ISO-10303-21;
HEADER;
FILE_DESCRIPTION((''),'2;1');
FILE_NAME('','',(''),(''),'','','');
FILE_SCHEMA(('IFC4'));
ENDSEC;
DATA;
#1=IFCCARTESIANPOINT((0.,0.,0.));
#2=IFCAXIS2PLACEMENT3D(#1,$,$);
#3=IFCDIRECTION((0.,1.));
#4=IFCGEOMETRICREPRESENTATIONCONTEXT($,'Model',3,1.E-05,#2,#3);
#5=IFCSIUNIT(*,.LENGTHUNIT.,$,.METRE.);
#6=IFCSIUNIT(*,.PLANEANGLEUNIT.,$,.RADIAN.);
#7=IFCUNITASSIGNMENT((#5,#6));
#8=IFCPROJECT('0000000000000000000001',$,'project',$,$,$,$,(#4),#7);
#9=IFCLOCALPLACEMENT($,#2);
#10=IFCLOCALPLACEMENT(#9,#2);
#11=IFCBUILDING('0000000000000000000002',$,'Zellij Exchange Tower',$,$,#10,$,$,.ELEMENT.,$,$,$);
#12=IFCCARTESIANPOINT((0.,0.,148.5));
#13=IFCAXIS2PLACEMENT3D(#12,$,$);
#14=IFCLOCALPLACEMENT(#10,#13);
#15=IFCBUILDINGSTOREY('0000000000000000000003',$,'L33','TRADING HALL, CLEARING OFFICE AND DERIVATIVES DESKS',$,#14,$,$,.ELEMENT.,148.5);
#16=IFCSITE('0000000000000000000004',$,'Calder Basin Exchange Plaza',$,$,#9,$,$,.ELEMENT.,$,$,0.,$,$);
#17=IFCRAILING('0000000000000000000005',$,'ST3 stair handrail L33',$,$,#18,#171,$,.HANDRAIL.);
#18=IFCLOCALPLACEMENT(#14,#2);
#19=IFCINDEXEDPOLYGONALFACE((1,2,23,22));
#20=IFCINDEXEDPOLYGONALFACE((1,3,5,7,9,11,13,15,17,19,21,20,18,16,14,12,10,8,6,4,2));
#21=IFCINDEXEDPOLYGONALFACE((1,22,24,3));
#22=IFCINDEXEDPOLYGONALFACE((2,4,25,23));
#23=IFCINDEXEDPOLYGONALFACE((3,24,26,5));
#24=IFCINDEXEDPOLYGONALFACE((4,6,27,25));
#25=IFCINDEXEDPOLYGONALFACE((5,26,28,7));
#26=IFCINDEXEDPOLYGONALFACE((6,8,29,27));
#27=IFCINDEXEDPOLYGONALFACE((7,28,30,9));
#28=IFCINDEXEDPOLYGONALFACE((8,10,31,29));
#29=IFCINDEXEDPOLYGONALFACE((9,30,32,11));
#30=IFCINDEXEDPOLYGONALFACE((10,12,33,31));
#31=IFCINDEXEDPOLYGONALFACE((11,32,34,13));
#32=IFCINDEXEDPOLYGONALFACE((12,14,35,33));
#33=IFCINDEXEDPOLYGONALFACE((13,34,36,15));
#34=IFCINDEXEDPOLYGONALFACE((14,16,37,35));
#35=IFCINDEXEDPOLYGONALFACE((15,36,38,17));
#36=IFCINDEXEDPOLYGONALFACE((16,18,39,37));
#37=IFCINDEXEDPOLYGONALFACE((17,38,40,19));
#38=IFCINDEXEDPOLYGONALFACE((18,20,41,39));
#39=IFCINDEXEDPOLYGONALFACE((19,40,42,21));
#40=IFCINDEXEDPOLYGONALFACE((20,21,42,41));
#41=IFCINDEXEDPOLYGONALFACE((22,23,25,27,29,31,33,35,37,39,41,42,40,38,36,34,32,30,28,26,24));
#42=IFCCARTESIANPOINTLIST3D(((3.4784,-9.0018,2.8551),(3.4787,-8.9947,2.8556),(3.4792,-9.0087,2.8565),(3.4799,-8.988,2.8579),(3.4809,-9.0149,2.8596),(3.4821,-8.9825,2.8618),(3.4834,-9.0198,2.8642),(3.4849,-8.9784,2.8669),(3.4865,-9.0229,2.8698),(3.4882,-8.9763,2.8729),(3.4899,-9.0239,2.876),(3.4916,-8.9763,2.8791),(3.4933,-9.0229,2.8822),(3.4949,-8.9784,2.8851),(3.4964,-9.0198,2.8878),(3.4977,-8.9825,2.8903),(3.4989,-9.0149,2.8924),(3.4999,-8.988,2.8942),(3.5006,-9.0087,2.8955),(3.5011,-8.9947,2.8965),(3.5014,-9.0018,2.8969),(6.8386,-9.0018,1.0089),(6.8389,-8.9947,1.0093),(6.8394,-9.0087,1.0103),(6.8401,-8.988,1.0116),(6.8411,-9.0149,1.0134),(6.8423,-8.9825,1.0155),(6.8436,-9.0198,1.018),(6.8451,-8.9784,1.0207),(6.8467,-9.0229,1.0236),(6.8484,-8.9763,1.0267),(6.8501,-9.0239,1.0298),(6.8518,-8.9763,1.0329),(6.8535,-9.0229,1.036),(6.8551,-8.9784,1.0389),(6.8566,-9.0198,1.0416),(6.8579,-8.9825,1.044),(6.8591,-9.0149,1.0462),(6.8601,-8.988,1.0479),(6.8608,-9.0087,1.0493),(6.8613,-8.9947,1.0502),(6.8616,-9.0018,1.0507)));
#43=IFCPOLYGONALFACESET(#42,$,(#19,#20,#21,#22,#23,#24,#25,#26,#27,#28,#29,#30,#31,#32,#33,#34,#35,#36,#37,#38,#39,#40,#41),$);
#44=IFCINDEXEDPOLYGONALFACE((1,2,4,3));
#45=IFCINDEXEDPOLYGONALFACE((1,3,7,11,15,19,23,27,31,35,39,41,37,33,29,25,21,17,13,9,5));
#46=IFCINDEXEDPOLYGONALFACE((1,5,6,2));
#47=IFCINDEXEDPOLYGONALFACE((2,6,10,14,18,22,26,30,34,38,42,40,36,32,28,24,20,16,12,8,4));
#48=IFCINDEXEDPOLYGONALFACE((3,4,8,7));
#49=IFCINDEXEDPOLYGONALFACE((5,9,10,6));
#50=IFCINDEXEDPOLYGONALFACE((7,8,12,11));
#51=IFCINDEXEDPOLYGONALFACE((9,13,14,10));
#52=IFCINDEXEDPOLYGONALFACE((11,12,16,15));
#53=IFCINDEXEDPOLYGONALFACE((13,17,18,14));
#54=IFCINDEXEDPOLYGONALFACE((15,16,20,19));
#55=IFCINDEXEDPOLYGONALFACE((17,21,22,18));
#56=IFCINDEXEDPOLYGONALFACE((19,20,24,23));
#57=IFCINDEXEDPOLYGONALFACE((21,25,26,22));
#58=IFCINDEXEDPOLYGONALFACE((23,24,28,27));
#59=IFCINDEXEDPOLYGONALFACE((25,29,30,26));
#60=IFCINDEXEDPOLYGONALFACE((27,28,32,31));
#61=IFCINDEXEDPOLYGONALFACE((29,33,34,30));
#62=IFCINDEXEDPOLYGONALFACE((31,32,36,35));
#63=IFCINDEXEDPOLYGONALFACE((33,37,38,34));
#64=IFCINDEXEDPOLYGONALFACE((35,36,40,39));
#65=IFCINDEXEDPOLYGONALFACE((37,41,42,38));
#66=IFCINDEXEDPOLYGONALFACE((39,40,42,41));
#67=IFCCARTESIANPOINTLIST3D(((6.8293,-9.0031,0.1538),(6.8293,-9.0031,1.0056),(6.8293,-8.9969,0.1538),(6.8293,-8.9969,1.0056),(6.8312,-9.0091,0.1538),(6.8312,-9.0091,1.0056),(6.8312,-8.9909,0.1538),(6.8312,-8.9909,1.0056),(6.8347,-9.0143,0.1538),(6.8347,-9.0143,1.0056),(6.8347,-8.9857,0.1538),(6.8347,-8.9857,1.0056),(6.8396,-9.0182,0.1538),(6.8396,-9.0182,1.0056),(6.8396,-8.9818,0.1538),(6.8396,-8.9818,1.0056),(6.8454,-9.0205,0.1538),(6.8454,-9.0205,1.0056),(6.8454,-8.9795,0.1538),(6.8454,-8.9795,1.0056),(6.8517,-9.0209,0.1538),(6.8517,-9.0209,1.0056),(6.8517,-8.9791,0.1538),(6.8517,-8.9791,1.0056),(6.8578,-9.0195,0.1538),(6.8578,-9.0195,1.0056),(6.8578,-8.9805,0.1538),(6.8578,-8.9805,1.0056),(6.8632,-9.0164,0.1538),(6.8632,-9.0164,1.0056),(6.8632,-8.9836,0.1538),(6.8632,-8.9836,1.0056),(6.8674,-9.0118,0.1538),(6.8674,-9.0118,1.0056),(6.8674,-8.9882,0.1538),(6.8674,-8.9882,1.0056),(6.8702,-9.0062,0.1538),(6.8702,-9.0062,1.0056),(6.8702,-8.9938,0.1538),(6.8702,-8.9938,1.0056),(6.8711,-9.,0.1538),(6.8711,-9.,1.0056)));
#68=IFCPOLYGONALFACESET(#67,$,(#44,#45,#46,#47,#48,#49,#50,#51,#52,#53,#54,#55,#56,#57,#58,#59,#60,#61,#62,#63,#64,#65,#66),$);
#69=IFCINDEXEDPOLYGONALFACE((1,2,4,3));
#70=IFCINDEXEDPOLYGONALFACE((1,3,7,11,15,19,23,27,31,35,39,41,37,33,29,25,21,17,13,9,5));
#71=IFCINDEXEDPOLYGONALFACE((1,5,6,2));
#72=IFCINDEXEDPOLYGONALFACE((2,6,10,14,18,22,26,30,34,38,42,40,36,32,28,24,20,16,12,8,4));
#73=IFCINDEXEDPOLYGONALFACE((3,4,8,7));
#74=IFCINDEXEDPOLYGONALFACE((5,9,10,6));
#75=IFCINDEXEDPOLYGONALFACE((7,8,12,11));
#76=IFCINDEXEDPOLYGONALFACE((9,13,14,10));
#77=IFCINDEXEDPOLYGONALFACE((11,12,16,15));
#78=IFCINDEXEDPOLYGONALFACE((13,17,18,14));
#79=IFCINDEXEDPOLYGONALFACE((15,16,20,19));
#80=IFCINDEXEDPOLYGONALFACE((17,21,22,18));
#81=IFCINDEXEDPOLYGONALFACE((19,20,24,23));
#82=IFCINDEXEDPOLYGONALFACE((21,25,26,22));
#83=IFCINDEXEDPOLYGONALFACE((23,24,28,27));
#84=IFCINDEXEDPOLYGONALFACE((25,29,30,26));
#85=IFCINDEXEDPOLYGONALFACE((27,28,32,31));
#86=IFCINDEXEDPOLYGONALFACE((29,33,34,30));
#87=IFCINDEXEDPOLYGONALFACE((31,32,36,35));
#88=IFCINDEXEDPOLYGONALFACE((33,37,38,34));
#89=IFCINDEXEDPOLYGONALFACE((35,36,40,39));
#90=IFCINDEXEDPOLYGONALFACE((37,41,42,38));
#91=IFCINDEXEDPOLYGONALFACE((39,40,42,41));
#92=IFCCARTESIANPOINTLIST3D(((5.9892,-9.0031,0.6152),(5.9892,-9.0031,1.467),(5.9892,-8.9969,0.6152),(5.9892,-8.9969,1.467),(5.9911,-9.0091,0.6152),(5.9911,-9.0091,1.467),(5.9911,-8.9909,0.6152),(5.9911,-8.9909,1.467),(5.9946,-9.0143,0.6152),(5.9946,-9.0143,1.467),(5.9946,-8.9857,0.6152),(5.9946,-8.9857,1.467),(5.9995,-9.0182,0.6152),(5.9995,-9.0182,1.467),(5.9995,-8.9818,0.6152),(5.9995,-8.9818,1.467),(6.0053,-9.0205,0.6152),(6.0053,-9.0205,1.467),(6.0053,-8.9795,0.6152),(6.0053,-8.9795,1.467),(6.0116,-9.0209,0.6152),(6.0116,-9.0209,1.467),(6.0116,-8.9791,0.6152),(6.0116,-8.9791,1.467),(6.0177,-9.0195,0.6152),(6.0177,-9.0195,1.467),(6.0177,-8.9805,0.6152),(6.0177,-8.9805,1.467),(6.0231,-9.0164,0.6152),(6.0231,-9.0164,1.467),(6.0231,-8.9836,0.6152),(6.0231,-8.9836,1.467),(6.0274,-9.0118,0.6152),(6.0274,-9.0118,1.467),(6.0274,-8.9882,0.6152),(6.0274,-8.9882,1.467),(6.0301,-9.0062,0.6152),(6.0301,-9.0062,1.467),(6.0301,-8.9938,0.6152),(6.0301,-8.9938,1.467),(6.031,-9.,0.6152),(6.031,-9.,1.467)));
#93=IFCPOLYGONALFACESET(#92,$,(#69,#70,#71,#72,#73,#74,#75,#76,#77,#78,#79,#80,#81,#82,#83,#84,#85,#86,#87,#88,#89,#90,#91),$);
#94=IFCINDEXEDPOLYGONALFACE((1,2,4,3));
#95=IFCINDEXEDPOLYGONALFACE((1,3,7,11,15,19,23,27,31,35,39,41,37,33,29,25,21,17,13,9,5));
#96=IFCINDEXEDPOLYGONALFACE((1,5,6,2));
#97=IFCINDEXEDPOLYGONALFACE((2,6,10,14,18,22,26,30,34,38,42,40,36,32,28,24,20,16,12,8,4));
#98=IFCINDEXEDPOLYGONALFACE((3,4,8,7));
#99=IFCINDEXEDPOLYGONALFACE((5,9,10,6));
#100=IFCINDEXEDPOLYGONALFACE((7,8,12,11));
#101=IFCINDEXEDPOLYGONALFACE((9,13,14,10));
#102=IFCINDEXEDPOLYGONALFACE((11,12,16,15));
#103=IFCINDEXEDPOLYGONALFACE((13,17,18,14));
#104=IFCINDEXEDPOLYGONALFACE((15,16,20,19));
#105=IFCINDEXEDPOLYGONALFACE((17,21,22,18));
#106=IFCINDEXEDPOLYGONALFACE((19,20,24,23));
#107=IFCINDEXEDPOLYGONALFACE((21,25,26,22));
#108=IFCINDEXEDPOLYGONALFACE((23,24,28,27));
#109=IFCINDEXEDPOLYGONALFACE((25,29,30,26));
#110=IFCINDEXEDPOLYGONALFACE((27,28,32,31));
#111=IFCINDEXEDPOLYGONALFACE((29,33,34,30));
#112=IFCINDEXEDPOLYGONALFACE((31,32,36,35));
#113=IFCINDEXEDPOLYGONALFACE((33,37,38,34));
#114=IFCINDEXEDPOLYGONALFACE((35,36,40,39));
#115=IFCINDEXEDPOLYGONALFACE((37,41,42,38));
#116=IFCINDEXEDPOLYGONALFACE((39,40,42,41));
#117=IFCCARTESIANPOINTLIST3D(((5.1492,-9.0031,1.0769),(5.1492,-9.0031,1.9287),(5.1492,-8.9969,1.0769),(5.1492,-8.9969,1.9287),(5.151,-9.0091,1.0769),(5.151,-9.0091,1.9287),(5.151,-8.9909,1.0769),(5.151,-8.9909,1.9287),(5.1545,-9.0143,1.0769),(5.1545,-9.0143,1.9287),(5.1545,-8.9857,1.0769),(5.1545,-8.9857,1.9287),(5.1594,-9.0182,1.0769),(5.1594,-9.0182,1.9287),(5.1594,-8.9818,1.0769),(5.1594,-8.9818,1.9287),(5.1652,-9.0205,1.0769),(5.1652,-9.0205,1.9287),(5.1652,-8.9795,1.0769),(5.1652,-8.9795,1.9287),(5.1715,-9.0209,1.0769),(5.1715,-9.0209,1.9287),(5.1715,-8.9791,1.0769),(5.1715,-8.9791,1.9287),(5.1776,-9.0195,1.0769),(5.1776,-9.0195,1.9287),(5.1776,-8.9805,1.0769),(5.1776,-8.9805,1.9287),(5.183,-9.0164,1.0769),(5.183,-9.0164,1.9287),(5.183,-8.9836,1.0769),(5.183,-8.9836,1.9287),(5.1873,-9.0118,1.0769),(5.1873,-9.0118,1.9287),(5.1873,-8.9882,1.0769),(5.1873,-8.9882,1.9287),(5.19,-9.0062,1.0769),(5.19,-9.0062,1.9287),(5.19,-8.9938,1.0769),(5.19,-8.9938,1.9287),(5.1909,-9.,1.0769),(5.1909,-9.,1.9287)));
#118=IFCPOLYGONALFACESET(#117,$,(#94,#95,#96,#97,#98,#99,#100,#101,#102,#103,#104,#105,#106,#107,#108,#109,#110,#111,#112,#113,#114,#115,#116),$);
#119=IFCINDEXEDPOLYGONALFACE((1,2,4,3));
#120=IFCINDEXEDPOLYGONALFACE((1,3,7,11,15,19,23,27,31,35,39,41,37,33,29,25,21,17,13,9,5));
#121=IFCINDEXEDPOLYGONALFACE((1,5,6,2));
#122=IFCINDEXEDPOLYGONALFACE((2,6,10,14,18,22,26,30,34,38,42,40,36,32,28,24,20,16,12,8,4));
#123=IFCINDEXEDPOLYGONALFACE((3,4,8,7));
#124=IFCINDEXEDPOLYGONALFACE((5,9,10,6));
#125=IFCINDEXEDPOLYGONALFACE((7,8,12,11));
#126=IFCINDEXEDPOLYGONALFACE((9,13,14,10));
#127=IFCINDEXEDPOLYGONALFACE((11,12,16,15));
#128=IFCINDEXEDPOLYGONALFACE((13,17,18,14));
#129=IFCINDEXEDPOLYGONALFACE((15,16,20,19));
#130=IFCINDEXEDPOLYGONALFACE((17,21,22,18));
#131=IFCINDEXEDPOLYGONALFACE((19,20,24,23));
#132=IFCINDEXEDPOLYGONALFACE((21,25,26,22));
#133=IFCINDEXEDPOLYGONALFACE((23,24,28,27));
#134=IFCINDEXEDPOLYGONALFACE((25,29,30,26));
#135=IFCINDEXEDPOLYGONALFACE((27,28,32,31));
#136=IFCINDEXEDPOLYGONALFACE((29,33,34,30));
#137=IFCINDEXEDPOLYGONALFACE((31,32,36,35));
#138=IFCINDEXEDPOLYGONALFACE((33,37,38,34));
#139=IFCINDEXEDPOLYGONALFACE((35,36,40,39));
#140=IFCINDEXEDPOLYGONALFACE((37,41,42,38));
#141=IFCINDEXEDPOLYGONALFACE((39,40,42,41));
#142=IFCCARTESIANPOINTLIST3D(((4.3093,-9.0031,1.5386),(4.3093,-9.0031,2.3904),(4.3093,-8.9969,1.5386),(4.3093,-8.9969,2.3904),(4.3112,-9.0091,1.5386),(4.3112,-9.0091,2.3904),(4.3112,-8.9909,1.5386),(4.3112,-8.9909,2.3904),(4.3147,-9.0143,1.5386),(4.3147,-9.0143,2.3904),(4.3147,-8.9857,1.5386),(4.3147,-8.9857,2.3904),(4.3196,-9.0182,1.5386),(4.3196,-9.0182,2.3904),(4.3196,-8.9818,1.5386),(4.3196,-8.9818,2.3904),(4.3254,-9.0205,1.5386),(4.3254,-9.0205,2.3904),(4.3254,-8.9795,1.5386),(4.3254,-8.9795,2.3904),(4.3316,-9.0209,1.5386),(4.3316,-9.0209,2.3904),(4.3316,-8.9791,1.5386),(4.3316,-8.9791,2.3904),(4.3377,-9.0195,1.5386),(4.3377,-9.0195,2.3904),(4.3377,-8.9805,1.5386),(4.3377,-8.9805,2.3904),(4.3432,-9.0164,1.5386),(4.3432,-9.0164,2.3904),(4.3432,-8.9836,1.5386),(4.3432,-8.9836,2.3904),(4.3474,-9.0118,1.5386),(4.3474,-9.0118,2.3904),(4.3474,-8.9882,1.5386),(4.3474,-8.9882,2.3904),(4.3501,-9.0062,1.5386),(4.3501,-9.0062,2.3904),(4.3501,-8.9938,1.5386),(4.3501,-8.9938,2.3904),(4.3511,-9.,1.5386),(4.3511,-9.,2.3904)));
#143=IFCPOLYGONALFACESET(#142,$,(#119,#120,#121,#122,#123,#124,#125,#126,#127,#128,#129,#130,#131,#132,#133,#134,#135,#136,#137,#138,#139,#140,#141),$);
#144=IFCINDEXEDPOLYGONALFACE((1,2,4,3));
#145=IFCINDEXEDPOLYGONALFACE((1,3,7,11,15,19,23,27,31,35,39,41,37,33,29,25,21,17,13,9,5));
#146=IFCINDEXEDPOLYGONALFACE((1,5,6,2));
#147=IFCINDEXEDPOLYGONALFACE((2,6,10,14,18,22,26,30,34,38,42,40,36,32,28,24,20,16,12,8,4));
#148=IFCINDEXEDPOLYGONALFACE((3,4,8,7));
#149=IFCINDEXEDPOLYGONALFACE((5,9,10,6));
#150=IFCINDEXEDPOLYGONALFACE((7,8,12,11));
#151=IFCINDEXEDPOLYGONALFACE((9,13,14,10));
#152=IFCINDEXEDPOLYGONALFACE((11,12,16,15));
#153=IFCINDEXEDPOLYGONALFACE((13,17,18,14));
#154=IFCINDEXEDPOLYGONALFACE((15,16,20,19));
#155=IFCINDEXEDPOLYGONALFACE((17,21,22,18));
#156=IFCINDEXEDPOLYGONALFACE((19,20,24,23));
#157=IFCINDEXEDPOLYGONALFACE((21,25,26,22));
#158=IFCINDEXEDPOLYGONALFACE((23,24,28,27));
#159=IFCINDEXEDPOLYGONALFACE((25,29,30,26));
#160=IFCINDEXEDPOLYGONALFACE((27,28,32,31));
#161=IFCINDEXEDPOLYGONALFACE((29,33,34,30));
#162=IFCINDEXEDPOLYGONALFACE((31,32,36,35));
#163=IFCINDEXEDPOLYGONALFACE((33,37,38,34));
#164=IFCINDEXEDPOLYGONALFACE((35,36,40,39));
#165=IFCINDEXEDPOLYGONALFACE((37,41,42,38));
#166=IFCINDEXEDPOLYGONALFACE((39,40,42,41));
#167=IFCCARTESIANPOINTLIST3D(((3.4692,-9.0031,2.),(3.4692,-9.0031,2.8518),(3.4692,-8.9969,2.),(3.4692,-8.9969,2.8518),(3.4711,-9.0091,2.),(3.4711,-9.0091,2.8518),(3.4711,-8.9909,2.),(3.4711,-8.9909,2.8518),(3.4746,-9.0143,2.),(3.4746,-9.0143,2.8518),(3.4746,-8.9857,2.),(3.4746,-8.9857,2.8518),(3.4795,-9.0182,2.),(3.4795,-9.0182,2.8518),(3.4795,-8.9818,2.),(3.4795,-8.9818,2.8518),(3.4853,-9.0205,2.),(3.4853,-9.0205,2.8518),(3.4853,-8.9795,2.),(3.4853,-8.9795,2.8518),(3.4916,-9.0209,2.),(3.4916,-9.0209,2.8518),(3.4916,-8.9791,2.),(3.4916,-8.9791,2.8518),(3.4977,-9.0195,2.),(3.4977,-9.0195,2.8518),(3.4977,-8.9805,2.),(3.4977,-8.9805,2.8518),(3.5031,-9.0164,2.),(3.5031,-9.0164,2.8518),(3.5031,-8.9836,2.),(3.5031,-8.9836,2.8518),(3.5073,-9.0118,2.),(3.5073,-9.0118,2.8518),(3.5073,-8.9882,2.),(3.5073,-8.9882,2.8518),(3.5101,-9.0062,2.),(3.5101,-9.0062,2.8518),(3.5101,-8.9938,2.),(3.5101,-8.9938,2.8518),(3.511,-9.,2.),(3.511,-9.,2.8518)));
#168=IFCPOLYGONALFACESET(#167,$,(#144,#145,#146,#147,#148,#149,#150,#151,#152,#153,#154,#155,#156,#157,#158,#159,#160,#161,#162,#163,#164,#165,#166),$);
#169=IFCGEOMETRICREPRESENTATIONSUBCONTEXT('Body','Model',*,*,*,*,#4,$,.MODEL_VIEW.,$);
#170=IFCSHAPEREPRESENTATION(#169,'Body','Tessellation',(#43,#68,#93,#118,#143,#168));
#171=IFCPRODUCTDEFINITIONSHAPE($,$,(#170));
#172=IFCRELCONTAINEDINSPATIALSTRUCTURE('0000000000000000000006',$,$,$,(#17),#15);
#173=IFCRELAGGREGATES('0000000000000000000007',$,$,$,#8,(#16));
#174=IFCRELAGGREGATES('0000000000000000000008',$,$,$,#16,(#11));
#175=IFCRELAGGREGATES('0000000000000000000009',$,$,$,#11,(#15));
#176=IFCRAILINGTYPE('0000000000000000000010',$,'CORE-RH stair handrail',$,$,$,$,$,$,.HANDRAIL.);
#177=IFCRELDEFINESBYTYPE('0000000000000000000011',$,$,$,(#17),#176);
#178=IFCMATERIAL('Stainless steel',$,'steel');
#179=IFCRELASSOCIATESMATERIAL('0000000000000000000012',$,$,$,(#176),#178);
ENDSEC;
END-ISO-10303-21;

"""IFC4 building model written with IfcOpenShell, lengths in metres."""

from ifc_helpers import new_model, si_unit, direction, frame, origin, origin_2d, place, context, subcontext, project, spatial, circle, extrude, material, type_object, element, save


model = new_model("IFC4")

# Units and contexts
model_context = context("Model", 3, precision=1e-05, world=origin(), true_north=direction((0.0, 1.0)))
body_context = subcontext(model_context, "Body", "Model", "MODEL_VIEW")
ifc_project = project(units=[si_unit("LENGTHUNIT", "METRE"), si_unit("PLANEANGLEUNIT", "RADIAN")], contexts=[model_context])

# Site, building, storey
site_placement = place(None, origin())
site = spatial("IfcSite", under=ifc_project, at=site_placement, Name="Calder Basin Exchange Plaza", CompositionType="ELEMENT", RefElevation=0.0)
building_placement = place(site_placement, origin())
building = spatial("IfcBuilding", under=site, at=building_placement, Name="Zellij Exchange Tower", CompositionType="ELEMENT")
storey_placement = place(building_placement, frame((0.0, 0.0, 148.5)))
storey = spatial("IfcBuildingStorey", under=building, at=storey_placement, Name="L33", Description="TRADING HALL, CLEARING OFFICE AND DERIVATIVES DESKS", CompositionType="ELEMENT", Elevation=148.5)

# Railing
ifc_material_1 = material(Name="Stainless steel", Category="steel")
railing_type_1 = type_object("IfcRailingType", Name="CORE-RH stair handrail", PredefinedType="HANDRAIL", material=ifc_material_1)
railing_1_placement = place(storey_placement, frame((6.8501, -9.0, 0.1538)))
element("IfcRailing", 1, at=railing_1_placement, inside=storey, type_object=railing_type_1, Name="ST3 stair handrail L33", PredefinedType="HANDRAIL", context=body_context, shape_type="SweptSolid", body=[
    extrude(circle(Radius=0.0239, at=origin_2d()), frame((0.0, 0.0, 0.876), z_axis=(-0.876422, 0.0, 0.481545), x_axis=(0.0, -1.0, 0.0)), (0.0, 0.0, 1.0), 3.834),
    extrude(circle(Radius=0.021, at=origin_2d()), origin(), (0.0, 0.0, 1.0), 0.8518),
    extrude(circle(Radius=0.021, at=origin_2d()), frame((-0.8401, 0.0, 0.4614)), (0.0, 0.0, 1.0), 0.8518),
    extrude(circle(Radius=0.021, at=origin_2d()), frame((-1.6802, 0.0, 0.9231)), (0.0, 0.0, 1.0), 0.8518),
    extrude(circle(Radius=0.021, at=origin_2d()), frame((-2.52, 0.0, 1.3848)), (0.0, 0.0, 1.0), 0.8518),
    extrude(circle(Radius=0.021, at=origin_2d()), frame((-3.3601, 0.0, 1.8462)), (0.0, 0.0, 1.0), 0.8518),
])

save(model, "model.ifc")
